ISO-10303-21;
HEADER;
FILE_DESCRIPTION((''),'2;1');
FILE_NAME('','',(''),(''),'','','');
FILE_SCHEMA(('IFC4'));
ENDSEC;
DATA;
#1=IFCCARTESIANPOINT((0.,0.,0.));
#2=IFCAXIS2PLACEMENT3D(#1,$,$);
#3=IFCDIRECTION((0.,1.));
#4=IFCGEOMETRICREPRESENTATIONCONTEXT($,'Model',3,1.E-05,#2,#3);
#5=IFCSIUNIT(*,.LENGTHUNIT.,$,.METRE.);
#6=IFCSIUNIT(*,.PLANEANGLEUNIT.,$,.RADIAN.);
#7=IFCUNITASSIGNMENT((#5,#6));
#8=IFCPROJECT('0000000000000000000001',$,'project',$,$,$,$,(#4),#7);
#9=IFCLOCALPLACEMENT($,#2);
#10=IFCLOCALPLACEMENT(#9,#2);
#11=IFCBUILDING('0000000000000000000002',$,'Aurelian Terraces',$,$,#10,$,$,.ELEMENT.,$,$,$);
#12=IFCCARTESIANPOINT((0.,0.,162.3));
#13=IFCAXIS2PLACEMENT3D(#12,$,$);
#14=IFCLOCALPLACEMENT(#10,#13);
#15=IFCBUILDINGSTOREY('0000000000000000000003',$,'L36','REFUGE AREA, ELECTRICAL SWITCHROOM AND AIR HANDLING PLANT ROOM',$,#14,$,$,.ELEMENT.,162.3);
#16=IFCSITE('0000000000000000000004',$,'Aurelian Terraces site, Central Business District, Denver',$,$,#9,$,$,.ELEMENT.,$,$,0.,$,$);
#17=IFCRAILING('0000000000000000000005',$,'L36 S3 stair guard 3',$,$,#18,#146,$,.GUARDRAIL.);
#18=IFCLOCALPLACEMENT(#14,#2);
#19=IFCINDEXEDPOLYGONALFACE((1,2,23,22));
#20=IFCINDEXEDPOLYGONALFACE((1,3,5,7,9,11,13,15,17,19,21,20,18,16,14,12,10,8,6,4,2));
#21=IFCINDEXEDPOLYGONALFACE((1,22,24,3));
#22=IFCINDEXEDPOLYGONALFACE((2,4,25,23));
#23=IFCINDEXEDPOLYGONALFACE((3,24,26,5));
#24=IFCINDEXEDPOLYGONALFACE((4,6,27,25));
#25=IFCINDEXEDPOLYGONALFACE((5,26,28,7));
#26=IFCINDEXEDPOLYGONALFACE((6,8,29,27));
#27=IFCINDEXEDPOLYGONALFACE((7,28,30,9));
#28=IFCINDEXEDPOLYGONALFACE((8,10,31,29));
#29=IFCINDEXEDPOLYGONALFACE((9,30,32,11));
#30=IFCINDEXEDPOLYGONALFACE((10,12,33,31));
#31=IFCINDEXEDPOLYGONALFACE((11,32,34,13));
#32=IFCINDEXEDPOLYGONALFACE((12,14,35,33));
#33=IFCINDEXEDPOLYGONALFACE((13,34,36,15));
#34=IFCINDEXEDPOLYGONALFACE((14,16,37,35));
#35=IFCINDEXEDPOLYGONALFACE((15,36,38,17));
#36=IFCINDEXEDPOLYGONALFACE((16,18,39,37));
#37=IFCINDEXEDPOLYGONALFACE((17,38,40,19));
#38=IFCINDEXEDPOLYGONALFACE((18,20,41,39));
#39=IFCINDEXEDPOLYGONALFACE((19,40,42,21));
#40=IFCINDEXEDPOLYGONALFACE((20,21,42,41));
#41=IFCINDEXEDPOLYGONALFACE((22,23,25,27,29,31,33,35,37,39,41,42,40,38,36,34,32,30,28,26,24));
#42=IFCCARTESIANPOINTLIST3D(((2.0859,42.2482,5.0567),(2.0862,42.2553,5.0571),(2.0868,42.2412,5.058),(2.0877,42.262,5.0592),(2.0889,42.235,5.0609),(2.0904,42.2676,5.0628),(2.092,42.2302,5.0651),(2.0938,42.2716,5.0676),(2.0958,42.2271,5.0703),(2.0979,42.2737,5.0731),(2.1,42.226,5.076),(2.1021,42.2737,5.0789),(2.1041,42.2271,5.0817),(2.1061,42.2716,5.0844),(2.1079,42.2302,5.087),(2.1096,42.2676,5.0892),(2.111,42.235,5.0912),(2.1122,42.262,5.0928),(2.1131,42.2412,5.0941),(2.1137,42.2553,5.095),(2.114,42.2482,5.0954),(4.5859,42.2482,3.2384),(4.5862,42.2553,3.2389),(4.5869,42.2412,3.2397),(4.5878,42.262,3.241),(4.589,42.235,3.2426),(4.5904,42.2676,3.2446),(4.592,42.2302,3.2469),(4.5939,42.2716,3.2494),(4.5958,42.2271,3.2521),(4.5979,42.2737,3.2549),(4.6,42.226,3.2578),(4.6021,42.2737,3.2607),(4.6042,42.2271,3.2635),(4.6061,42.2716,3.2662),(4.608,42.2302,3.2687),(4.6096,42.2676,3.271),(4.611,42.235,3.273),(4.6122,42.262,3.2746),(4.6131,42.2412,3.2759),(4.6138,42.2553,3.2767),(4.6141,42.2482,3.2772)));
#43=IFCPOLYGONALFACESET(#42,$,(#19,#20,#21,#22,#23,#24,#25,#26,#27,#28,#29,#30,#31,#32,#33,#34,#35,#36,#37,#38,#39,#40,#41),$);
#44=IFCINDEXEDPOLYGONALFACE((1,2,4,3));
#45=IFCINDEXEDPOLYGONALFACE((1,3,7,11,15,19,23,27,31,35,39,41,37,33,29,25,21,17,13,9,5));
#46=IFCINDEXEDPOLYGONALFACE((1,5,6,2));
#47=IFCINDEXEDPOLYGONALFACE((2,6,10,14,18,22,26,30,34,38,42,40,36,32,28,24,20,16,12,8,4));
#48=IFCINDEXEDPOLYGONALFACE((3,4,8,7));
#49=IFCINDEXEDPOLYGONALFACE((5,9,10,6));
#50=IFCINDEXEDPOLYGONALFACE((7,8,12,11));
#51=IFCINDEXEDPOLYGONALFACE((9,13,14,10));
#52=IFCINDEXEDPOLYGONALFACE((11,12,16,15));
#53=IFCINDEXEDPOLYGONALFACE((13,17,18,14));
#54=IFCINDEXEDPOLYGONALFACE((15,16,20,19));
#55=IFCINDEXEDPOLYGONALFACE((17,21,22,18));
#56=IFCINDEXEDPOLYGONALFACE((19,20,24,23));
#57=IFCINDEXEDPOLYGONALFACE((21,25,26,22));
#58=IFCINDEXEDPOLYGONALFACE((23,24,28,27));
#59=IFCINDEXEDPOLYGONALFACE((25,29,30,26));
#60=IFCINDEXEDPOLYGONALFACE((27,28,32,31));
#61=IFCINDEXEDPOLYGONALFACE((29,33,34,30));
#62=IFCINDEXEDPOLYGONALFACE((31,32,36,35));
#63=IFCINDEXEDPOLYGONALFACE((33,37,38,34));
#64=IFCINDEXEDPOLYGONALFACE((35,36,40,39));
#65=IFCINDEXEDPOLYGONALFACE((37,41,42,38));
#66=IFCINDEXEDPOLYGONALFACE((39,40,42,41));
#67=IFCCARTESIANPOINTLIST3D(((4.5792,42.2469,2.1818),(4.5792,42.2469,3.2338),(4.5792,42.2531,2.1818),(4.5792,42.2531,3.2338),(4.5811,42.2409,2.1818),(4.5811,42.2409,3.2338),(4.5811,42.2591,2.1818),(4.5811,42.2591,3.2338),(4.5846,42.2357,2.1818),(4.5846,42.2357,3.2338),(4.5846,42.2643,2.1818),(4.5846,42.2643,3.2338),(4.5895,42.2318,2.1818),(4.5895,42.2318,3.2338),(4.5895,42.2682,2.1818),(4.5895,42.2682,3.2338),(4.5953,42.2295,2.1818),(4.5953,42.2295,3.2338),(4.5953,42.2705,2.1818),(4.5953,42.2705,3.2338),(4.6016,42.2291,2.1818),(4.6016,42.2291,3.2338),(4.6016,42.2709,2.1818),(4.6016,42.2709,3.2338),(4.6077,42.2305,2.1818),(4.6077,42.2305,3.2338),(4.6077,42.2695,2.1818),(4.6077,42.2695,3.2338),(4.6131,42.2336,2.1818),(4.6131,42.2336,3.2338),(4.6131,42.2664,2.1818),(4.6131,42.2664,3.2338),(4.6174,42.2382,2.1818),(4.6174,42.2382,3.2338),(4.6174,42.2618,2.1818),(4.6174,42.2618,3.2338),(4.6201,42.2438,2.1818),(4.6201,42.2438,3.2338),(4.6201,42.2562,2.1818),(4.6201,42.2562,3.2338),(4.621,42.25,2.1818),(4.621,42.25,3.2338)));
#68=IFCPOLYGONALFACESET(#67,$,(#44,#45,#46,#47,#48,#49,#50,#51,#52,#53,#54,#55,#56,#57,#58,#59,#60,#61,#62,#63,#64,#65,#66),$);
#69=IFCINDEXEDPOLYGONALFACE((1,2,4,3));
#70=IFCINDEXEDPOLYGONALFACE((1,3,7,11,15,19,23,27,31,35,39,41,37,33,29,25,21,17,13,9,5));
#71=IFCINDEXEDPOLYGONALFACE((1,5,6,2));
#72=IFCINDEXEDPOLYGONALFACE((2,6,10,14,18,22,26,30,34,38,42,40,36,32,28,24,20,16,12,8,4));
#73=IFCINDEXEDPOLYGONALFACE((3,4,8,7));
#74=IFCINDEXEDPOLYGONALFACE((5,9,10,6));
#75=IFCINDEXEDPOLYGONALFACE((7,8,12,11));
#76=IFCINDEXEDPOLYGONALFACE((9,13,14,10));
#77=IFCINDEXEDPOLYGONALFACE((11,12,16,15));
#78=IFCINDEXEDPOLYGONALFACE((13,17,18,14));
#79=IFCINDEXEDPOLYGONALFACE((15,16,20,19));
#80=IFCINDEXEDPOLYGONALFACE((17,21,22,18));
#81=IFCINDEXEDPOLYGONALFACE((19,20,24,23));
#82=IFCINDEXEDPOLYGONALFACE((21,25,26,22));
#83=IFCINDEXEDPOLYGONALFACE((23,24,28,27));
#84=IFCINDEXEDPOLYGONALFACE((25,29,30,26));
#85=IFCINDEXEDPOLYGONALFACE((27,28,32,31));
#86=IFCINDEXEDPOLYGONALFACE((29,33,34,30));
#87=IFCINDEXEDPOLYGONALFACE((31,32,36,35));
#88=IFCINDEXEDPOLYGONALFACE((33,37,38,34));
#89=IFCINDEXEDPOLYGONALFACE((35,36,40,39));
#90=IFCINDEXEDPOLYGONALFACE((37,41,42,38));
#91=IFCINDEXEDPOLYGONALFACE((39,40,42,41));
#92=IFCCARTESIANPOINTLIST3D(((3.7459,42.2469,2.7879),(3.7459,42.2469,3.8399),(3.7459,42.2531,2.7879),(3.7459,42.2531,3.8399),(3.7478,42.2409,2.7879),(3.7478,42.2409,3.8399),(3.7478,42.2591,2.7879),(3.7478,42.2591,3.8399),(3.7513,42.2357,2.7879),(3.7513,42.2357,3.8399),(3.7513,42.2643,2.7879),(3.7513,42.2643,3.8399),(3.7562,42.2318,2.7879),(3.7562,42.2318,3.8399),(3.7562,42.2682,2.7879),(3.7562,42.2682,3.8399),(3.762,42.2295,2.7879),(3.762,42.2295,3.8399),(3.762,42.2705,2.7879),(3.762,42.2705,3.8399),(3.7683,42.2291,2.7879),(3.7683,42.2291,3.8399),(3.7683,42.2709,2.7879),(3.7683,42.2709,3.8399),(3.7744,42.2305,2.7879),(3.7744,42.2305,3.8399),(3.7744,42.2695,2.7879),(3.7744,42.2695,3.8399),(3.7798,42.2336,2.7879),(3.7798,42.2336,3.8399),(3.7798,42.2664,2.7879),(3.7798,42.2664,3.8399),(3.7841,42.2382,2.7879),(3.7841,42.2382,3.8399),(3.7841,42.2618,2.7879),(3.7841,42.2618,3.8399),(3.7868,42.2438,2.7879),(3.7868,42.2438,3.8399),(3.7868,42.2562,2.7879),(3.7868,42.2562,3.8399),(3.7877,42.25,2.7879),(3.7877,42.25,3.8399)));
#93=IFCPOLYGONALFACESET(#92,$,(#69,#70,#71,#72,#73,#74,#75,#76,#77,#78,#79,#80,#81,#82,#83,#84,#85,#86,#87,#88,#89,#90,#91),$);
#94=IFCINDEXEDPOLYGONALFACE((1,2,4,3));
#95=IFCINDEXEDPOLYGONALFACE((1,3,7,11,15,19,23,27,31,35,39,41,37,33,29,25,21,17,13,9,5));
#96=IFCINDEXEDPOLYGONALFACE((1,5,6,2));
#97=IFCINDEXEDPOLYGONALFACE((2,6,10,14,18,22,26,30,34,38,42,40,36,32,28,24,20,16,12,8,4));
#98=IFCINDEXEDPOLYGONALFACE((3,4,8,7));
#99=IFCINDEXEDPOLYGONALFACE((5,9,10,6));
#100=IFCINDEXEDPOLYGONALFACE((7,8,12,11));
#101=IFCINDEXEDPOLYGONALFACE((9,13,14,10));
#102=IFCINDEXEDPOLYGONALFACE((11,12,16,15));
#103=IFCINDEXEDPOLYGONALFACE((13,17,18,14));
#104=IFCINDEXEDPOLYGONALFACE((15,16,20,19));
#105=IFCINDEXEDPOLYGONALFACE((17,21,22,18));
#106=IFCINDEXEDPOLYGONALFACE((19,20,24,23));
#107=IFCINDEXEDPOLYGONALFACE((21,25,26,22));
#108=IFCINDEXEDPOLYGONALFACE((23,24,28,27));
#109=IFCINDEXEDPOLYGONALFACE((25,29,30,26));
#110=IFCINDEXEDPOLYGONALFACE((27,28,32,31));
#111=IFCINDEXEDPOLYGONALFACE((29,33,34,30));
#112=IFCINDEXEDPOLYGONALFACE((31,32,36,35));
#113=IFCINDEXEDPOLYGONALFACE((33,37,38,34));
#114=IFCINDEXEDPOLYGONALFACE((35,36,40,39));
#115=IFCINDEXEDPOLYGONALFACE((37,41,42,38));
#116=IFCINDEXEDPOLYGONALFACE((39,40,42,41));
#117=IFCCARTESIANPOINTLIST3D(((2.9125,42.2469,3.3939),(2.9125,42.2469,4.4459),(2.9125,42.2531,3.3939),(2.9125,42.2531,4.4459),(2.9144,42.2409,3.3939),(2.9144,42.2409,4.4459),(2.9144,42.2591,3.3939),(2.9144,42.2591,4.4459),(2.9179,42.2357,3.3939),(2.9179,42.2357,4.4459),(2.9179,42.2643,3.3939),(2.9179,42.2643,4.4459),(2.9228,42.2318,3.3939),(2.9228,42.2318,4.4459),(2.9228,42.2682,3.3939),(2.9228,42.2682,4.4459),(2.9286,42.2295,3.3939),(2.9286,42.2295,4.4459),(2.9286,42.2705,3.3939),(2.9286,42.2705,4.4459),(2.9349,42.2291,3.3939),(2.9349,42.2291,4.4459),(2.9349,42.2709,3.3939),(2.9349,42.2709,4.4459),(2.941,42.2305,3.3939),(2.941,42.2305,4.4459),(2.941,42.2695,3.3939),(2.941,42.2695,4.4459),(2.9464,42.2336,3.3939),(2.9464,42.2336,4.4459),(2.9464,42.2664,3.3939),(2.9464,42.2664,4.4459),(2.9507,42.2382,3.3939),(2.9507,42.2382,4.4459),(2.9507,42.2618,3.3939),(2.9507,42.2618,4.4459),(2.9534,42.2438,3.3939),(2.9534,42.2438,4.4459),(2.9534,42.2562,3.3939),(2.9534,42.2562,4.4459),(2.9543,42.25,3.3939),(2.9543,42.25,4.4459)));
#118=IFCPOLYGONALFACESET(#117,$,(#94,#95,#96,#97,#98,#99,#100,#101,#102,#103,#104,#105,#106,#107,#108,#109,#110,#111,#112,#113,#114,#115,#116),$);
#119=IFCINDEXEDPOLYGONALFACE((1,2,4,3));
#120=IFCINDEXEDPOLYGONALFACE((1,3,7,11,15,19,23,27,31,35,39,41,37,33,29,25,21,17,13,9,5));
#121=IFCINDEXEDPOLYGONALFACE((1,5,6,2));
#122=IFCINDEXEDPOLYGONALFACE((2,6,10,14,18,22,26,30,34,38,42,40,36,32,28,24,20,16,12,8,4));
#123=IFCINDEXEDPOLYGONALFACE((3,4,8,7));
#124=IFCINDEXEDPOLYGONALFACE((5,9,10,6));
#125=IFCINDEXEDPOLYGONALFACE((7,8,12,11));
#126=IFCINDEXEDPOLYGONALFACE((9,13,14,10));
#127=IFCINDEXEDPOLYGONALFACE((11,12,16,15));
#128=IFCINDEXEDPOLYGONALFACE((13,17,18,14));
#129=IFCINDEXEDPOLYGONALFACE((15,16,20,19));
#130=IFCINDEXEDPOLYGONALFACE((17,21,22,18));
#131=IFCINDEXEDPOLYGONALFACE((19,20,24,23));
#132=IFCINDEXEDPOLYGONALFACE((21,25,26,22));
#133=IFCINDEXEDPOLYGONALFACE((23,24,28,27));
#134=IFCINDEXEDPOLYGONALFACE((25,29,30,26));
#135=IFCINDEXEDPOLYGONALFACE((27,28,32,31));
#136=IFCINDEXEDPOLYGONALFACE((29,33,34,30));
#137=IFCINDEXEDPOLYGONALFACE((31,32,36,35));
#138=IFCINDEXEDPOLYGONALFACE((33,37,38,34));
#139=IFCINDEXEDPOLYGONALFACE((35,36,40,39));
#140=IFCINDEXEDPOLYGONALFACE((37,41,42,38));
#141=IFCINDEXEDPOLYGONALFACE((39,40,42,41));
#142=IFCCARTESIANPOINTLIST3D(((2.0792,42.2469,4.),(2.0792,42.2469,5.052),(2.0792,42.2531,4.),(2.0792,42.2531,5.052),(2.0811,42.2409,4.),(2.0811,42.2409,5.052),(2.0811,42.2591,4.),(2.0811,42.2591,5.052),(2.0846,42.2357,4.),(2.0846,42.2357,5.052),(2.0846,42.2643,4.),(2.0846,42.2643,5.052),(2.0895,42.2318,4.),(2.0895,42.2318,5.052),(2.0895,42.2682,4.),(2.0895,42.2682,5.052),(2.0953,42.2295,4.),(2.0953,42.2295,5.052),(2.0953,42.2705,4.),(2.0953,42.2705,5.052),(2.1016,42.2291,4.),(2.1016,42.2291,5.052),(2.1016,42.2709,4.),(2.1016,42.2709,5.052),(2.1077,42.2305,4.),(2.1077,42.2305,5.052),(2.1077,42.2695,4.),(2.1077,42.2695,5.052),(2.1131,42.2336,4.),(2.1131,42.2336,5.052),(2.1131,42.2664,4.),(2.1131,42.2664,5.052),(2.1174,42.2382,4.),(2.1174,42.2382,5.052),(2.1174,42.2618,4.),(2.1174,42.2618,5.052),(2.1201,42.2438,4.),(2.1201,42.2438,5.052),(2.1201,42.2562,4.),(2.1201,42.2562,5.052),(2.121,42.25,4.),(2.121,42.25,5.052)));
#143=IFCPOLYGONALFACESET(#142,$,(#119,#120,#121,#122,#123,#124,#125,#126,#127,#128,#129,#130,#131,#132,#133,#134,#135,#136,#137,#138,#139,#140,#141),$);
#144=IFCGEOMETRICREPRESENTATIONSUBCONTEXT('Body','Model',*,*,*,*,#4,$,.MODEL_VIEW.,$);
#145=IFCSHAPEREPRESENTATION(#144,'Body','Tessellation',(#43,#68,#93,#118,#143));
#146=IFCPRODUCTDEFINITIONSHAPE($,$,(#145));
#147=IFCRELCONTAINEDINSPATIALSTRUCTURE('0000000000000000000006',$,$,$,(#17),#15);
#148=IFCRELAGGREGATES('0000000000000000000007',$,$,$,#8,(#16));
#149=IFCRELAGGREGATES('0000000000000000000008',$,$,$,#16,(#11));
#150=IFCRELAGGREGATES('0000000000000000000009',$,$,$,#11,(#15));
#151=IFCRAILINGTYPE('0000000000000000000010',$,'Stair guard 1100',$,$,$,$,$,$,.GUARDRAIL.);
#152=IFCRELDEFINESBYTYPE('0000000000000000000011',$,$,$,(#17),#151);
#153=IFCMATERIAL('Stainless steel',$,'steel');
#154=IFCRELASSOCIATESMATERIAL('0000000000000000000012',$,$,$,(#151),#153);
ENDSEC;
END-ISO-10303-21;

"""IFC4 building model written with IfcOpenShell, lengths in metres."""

from ifc_helpers import new_model, si_unit, direction, frame, origin, origin_2d, place, context, subcontext, project, spatial, circle, extrude, material, type_object, element, save


model = new_model("IFC4")

# Units and contexts
model_context = context("Model", 3, precision=1e-05, world=origin(), true_north=direction((0.0, 1.0)))
body_context = subcontext(model_context, "Body", "Model", "MODEL_VIEW")
ifc_project = project(units=[si_unit("LENGTHUNIT", "METRE"), si_unit("PLANEANGLEUNIT", "RADIAN")], contexts=[model_context])

# Site, building, storey
site_placement = place(None, origin())
site = spatial("IfcSite", under=ifc_project, at=site_placement, Name="Aurelian Terraces site, Central Business District, Denver", CompositionType="ELEMENT", RefElevation=0.0)
building_placement = place(site_placement, origin())
building = spatial("IfcBuilding", under=site, at=building_placement, Name="Aurelian Terraces", CompositionType="ELEMENT")
storey_placement = place(building_placement, frame((0.0, 0.0, 162.3)))
storey = spatial("IfcBuildingStorey", under=building, at=storey_placement, Name="L36", Description="REFUGE AREA, ELECTRICAL SWITCHROOM AND AIR HANDLING PLANT ROOM", CompositionType="ELEMENT", Elevation=162.3)

# Railing
ifc_material_1 = material(Name="Stainless steel", Category="steel")
railing_type_1 = type_object("IfcRailingType", Name="Stair guard 1100", PredefinedType="GUARDRAIL", material=ifc_material_1)
railing_1_placement = place(storey_placement, frame((4.6, 42.25, 2.1818)))
element("IfcRailing", 1, at=railing_1_placement, inside=storey, type_object=railing_type_1, Name="L36 S3 stair guard 3", PredefinedType="GUARDRAIL", context=body_context, shape_type="SweptSolid", body=[
    extrude(circle(Radius=0.024, at=origin_2d()), frame((0.0, 0.0, 1.076), z_axis=(-0.808733, 0.0, 0.588176), x_axis=(0.0, -1.0, 0.0)), (0.0, 0.0, 1.0), 3.0913),
    extrude(circle(Radius=0.021, at=origin_2d()), origin(), (0.0, 0.0, 1.0), 1.052),
    extrude(circle(Radius=0.021, at=origin_2d()), frame((-0.8333, 0.0, 0.6061)), (0.0, 0.0, 1.0), 1.052),
    extrude(circle(Radius=0.021, at=origin_2d()), frame((-1.6667, 0.0, 1.2121)), (0.0, 0.0, 1.0), 1.052),
    extrude(circle(Radius=0.021, at=origin_2d()), frame((-2.5, 0.0, 1.8182)), (0.0, 0.0, 1.0), 1.052),
])

save(model, "model.ifc")
